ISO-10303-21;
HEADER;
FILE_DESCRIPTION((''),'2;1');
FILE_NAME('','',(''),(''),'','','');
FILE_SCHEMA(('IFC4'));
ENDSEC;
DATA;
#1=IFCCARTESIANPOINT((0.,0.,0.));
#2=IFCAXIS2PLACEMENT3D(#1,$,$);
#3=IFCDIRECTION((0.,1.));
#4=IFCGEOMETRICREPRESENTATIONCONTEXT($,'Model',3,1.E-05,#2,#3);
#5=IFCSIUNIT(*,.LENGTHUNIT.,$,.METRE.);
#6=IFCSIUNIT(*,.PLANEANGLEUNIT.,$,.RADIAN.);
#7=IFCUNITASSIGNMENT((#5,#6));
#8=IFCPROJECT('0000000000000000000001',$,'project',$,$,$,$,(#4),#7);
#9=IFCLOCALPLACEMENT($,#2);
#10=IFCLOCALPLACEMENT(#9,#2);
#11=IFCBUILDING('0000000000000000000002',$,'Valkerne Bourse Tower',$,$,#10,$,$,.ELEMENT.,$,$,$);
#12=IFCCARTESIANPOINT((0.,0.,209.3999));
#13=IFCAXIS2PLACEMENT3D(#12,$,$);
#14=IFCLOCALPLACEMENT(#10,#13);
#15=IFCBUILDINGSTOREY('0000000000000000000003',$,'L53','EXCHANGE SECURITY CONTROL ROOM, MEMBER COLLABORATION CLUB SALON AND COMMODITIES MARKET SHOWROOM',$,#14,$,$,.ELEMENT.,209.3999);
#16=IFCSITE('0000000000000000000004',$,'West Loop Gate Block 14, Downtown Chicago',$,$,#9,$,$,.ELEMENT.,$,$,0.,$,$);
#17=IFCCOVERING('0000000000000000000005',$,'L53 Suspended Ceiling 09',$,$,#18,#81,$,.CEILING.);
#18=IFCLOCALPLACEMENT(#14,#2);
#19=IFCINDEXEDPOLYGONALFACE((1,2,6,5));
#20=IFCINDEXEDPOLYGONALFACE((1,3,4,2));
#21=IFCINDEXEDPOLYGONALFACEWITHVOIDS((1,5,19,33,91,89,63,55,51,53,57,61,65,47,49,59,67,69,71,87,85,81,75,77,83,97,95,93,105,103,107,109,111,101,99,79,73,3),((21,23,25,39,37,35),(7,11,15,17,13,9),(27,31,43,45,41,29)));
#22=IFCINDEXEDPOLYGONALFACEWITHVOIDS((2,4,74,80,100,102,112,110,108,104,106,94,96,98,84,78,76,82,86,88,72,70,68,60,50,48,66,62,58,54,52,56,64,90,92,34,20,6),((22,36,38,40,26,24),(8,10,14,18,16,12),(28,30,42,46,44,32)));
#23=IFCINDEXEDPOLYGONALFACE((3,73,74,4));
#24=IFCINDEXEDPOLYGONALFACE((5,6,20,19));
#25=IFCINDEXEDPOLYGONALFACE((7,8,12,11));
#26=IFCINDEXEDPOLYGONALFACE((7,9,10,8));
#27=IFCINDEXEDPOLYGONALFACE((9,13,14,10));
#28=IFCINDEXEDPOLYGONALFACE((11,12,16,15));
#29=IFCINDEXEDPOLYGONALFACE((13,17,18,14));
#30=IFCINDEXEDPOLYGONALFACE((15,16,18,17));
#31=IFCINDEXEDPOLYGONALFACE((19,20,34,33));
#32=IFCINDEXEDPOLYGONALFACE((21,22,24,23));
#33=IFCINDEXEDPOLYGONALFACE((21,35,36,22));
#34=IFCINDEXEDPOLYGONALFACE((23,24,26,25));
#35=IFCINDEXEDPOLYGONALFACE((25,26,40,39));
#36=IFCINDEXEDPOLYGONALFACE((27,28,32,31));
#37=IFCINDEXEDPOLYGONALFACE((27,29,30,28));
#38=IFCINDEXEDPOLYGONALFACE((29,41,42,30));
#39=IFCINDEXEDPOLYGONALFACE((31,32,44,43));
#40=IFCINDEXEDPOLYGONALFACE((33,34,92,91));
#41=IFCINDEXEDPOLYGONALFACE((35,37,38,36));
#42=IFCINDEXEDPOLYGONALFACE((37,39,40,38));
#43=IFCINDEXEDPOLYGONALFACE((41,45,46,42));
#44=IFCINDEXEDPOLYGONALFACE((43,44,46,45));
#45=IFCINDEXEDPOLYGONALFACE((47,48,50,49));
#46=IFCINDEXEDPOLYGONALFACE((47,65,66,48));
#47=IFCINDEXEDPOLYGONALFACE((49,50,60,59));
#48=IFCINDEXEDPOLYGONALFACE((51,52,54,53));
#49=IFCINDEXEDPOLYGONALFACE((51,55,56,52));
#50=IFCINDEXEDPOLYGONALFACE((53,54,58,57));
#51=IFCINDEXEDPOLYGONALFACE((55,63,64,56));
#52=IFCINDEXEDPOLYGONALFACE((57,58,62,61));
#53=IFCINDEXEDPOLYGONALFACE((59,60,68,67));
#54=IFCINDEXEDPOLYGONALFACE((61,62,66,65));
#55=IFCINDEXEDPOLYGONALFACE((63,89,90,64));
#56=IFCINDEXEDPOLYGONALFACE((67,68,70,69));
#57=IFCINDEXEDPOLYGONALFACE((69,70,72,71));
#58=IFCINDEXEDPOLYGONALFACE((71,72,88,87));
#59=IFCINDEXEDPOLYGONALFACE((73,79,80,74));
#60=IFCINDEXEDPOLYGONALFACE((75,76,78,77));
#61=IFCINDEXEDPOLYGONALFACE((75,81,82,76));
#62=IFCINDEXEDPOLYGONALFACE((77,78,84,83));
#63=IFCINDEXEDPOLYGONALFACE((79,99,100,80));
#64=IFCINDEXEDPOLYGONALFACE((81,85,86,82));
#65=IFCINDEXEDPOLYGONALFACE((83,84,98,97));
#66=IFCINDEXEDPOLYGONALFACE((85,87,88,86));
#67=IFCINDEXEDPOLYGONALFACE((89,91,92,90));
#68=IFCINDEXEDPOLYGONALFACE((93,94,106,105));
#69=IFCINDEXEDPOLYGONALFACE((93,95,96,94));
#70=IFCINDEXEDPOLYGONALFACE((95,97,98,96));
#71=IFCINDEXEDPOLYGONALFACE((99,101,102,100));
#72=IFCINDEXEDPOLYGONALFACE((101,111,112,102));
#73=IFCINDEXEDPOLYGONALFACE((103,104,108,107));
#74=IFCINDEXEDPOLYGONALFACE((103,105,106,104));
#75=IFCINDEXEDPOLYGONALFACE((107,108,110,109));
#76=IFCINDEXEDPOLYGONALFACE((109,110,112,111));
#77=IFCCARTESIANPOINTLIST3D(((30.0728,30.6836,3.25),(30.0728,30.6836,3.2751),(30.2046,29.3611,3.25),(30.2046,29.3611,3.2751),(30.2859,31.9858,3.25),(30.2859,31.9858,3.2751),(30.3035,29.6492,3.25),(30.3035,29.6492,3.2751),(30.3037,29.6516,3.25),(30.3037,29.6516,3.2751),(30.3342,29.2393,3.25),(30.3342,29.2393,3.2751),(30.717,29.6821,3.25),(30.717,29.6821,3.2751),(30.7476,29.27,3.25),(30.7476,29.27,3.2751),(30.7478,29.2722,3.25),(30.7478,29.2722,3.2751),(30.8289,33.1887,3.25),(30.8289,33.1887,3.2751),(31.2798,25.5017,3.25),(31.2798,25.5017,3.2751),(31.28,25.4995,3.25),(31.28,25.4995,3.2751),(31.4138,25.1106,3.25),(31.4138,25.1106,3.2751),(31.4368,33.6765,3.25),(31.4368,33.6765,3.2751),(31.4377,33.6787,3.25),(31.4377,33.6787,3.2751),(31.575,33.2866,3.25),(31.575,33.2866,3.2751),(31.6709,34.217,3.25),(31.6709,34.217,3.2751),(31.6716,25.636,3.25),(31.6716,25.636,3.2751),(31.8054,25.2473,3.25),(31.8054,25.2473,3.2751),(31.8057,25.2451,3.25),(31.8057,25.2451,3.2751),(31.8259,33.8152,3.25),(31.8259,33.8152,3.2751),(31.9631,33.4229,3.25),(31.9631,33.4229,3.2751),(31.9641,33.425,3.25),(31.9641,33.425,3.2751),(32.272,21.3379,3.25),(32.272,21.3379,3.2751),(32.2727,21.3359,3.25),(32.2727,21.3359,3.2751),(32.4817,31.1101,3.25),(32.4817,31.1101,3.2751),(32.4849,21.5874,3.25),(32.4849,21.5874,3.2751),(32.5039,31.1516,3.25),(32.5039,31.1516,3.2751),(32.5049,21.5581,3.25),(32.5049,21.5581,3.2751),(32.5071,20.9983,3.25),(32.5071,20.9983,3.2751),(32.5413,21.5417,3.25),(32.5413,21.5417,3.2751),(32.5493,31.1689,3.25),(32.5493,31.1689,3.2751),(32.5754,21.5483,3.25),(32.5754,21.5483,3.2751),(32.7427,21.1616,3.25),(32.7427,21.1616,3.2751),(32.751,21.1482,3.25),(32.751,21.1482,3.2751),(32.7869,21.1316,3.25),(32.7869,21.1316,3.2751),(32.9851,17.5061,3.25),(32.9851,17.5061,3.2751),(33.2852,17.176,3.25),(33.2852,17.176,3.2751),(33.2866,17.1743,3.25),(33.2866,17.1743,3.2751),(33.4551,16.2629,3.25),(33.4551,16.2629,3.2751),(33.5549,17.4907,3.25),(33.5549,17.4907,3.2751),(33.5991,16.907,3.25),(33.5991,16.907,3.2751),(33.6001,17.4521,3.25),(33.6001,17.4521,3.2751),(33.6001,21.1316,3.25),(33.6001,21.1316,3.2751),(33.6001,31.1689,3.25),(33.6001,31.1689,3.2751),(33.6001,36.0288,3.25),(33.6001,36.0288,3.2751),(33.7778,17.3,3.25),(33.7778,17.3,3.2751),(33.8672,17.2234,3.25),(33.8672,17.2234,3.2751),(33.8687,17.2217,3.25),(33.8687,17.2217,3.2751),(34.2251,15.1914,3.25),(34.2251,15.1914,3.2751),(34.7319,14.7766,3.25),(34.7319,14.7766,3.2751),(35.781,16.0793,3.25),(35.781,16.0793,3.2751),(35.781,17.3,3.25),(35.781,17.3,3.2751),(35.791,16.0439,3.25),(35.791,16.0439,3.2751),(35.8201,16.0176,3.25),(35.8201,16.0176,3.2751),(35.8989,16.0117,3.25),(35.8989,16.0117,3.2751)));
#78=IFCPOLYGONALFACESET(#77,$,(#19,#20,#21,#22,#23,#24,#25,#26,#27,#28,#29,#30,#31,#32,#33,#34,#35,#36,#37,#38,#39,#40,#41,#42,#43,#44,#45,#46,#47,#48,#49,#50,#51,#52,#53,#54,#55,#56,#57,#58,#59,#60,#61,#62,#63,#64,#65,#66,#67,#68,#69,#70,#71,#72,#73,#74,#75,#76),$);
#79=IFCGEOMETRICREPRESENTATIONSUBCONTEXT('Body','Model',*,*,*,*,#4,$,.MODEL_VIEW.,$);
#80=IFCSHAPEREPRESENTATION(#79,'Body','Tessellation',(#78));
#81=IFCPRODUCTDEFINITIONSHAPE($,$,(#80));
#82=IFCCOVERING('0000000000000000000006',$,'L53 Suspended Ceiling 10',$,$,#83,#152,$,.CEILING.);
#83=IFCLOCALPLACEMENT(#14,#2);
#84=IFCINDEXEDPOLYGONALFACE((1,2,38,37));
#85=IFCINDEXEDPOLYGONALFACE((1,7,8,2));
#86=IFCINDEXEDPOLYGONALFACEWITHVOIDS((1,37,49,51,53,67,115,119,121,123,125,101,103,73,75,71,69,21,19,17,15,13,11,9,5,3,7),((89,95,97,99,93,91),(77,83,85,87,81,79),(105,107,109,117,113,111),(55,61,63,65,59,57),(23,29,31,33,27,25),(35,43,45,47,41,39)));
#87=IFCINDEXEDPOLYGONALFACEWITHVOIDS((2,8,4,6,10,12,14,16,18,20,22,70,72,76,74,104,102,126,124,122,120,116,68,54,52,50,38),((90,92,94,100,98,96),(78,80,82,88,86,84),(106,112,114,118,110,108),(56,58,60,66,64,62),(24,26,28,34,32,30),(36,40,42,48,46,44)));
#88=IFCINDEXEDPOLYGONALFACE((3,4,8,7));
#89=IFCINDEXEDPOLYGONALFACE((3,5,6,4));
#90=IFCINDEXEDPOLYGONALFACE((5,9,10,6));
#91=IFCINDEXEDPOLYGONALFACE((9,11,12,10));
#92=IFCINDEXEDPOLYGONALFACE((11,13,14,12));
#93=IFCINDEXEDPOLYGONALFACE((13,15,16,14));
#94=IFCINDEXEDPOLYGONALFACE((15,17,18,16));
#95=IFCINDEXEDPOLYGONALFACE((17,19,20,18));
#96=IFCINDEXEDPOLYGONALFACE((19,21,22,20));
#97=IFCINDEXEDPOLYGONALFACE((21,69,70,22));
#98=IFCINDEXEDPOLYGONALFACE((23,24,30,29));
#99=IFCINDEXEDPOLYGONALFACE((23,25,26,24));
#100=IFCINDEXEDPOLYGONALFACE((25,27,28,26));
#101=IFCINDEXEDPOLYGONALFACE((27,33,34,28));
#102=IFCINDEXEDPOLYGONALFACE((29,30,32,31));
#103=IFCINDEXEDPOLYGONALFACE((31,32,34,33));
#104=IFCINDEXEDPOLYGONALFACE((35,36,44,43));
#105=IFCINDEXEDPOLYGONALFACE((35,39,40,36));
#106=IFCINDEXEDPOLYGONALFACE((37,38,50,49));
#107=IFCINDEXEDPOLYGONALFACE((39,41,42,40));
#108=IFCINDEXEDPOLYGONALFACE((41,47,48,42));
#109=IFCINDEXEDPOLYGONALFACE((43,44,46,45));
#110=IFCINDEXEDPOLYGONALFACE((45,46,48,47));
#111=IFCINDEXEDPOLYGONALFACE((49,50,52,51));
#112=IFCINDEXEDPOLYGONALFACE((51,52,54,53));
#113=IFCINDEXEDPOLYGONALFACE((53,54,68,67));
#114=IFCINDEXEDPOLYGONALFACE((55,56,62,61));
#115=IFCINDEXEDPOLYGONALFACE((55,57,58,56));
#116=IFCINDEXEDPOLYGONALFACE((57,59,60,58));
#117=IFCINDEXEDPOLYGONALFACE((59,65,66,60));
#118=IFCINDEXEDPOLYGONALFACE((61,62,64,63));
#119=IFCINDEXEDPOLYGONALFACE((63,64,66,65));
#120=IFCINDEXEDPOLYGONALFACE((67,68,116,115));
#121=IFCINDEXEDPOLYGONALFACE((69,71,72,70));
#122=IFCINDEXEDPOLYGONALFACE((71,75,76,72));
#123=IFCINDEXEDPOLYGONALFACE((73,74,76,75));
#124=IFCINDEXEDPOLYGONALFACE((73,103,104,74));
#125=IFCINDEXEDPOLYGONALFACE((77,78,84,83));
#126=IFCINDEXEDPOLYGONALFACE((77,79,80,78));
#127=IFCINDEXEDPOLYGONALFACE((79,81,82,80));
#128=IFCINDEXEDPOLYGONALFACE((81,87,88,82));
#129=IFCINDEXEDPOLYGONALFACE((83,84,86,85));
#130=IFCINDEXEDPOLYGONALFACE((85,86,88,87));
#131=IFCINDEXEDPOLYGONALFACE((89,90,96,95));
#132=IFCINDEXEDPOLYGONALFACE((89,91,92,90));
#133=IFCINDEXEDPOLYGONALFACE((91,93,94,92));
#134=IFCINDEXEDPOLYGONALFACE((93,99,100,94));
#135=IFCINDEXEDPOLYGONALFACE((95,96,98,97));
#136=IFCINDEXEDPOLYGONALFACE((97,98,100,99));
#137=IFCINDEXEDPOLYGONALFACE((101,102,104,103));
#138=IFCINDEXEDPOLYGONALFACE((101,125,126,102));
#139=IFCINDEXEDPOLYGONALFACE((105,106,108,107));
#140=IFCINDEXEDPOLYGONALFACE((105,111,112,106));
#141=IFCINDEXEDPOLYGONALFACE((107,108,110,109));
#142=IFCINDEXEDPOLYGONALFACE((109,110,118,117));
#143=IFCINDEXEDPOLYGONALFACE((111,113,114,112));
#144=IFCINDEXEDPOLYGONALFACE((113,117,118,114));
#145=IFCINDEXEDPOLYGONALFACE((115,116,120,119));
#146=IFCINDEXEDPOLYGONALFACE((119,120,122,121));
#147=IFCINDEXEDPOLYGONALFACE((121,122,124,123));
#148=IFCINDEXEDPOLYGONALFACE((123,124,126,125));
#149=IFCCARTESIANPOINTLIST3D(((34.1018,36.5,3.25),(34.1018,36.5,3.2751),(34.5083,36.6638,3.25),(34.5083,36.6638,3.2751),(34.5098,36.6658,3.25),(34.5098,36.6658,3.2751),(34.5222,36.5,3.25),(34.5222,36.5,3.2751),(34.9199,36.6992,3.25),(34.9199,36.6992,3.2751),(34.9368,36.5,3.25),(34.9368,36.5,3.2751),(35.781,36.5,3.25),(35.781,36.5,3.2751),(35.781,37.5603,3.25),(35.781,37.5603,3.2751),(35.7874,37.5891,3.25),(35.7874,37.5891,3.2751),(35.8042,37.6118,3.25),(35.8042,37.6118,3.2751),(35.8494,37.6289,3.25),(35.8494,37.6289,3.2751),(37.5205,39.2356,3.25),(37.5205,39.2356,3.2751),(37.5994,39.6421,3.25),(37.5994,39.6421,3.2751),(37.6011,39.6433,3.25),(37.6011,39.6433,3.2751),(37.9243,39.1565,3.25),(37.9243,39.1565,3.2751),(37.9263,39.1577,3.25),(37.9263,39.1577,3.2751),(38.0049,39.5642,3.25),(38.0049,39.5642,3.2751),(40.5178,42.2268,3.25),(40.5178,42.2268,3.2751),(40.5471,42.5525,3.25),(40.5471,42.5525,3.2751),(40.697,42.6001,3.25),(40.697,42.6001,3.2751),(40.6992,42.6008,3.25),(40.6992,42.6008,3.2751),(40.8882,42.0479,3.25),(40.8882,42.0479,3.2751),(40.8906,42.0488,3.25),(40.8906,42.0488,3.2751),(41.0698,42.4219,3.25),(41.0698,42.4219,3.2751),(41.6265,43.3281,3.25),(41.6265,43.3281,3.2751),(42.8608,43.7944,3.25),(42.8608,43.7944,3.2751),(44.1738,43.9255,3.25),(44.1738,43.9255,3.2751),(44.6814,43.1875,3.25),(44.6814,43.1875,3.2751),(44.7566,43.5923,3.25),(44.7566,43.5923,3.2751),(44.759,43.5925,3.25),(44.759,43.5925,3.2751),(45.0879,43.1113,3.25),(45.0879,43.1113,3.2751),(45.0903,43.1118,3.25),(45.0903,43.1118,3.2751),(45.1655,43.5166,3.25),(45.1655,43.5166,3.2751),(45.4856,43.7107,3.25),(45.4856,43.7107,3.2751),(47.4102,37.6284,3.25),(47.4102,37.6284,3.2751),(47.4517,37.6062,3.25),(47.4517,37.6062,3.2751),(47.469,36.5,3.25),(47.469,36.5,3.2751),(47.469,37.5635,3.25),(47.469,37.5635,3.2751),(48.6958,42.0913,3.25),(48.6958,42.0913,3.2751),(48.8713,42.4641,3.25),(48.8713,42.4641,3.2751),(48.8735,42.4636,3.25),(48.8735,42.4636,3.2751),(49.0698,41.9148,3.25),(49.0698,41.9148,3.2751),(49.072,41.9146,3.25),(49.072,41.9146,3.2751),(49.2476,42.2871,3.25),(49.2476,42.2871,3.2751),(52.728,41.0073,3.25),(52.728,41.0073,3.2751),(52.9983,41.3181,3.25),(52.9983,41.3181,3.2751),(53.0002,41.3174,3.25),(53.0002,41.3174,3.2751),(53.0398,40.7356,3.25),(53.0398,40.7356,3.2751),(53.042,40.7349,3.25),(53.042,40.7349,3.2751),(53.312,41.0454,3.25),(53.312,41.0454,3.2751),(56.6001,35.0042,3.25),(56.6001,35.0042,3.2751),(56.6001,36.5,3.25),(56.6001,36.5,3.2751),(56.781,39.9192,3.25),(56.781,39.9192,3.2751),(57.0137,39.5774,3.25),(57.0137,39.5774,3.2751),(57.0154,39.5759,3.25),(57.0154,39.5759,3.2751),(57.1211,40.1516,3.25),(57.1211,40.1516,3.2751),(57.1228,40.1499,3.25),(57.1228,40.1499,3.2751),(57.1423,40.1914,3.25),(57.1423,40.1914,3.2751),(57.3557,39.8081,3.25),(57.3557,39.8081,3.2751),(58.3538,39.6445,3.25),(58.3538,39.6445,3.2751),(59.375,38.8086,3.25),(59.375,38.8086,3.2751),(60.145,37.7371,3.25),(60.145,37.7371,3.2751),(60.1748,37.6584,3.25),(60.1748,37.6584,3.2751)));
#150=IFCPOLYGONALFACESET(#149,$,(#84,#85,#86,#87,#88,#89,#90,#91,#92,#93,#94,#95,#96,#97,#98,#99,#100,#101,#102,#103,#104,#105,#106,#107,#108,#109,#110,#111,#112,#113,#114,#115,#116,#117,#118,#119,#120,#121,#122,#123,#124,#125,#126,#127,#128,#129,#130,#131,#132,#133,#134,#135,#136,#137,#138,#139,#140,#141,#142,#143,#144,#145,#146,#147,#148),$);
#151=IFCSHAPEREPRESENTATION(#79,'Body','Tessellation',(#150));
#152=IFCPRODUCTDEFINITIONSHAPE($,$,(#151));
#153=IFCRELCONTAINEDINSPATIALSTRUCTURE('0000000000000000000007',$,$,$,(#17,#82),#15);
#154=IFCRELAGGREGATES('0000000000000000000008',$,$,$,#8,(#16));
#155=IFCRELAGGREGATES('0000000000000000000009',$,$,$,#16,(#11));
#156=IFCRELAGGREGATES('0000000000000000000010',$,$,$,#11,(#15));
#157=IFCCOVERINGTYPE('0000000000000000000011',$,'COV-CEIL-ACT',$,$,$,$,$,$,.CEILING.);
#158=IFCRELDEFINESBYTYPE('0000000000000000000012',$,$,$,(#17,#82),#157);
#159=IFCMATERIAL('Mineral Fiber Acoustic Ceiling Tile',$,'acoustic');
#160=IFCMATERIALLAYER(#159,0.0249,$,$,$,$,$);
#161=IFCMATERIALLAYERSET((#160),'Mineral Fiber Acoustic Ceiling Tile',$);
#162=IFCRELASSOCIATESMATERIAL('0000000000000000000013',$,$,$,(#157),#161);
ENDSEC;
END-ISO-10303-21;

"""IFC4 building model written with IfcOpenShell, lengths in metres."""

from ifc_helpers import new_model, si_unit, direction, frame, origin, place, context, subcontext, project, spatial, polyline, outline, extrude, material, layer, layer_set, type_object, element, save


model = new_model("IFC4")

# Units and contexts
model_context = context("Model", 3, precision=1e-05, world=origin(), true_north=direction((0.0, 1.0)))
body_context = subcontext(model_context, "Body", "Model", "MODEL_VIEW")
ifc_project = project(units=[si_unit("LENGTHUNIT", "METRE"), si_unit("PLANEANGLEUNIT", "RADIAN")], contexts=[model_context])

# Site, building, storey
site_placement = place(None, origin())
site = spatial("IfcSite", under=ifc_project, at=site_placement, Name="West Loop Gate Block 14, Downtown Chicago", CompositionType="ELEMENT", RefElevation=0.0)
building_placement = place(site_placement, origin())
building = spatial("IfcBuilding", under=site, at=building_placement, Name="Valkerne Bourse Tower", CompositionType="ELEMENT")
storey_placement = place(building_placement, frame((0.0, 0.0, 209.3999)))
storey = spatial("IfcBuildingStorey", under=building, at=storey_placement, Name="L53", Description="EXCHANGE SECURITY CONTROL ROOM, MEMBER COLLABORATION CLUB SALON AND COMMODITIES MARKET SHOWROOM", CompositionType="ELEMENT", Elevation=209.3999)

# Coverings
ifc_material_1 = material(Name="Mineral Fiber Acoustic Ceiling Tile", Category="acoustic")
ifc_layer_1 = layer(ifc_material_1, 0.0249)
ifc_layer_set_1 = layer_set([ifc_layer_1], Name="Mineral Fiber Acoustic Ceiling Tile")
covering_type_1 = type_object("IfcCoveringType", Name="COV-CEIL-ACT", PredefinedType="CEILING", material=ifc_layer_set_1)
covering_1_placement = place(storey_placement, frame((0.0, 0.0, 3.25)))
element("IfcCovering", 1, at=covering_1_placement, inside=storey, type_object=covering_type_1, Name="L53 Suspended Ceiling 09", PredefinedType="CEILING", context=body_context, shape_type="SweptSolid", body=[
    extrude(outline(polyline([(32.9851, 17.5061), (30.2046, 29.3611), (30.0728, 30.6836), (30.2859, 31.9858), (30.8289, 33.1887), (31.6709, 34.217), (33.6001, 36.0288), (33.6001, 31.1689), (32.5493, 31.1689), (32.5039, 31.1516), (32.4817, 31.1101), (32.4849, 21.5874), (32.5049, 21.5581), (32.5413, 21.5417), (32.5754, 21.5483), (32.272, 21.3379), (32.2727, 21.3359), (32.5071, 20.9983), (32.7427, 21.1616), (32.751, 21.1482), (32.7869, 21.1316), (33.6001, 21.1316), (33.6001, 17.4521), (33.5549, 17.4907), (33.2852, 17.176), (33.2866, 17.1743), (33.5991, 16.907), (33.8687, 17.2217), (33.8672, 17.2234), (33.7778, 17.3), (35.781, 17.3), (35.781, 16.0793), (35.791, 16.0439), (35.8201, 16.0176), (35.8989, 16.0117), (34.7319, 14.7766), (34.2251, 15.1914), (33.4551, 16.2629), (32.9851, 17.5061)]), holes=[polyline([(31.8054, 25.2473), (31.6716, 25.636), (31.2798, 25.5017), (31.28, 25.4995), (31.4138, 25.1106), (31.8057, 25.2451), (31.8054, 25.2473)]), polyline([(30.7478, 29.2722), (30.717, 29.6821), (30.3037, 29.6516), (30.3035, 29.6492), (30.3342, 29.2393), (30.7476, 29.27), (30.7478, 29.2722)]), polyline([(31.9641, 33.425), (31.8259, 33.8152), (31.4377, 33.6787), (31.4368, 33.6765), (31.575, 33.2866), (31.9631, 33.4229), (31.9641, 33.425)])]), origin(), (0.0, 0.0, 1.0), 0.0251),
])
covering_2_placement = place(storey_placement, frame((0.0, 0.0, 3.25)))
element("IfcCovering", 2, at=covering_2_placement, inside=storey, type_object=covering_type_1, Name="L53 Suspended Ceiling 10", PredefinedType="CEILING", context=body_context, shape_type="SweptSolid", body=[
    extrude(outline(polyline([(40.5471, 42.5525), (41.6265, 43.3281), (42.8608, 43.7944), (44.1738, 43.9255), (45.4856, 43.7107), (57.1423, 40.1914), (58.3538, 39.6445), (59.375, 38.8086), (60.145, 37.7371), (60.1748, 37.6584), (56.6001, 35.0042), (56.6001, 36.5), (47.469, 36.5), (47.469, 37.5635), (47.4517, 37.6062), (47.4102, 37.6284), (35.8494, 37.6289), (35.8042, 37.6118), (35.7874, 37.5891), (35.781, 37.5603), (35.781, 36.5), (34.9368, 36.5), (34.9199, 36.6992), (34.5098, 36.6658), (34.5083, 36.6638), (34.5222, 36.5), (34.1018, 36.5), (40.5471, 42.5525)]), holes=[polyline([(37.9263, 39.1577), (38.0049, 39.5642), (37.6011, 39.6433), (37.5994, 39.6421), (37.5205, 39.2356), (37.9243, 39.1565), (37.9263, 39.1577)]), polyline([(40.8906, 42.0488), (41.0698, 42.4219), (40.6992, 42.6008), (40.697, 42.6001), (40.5178, 42.2268), (40.8882, 42.0479), (40.8906, 42.0488)]), polyline([(45.1655, 43.5166), (44.759, 43.5925), (44.7566, 43.5923), (44.6814, 43.1875), (45.0879, 43.1113), (45.0903, 43.1118), (45.1655, 43.5166)]), polyline([(57.1228, 40.1499), (57.1211, 40.1516), (56.781, 39.9192), (57.0137, 39.5774), (57.0154, 39.5759), (57.3557, 39.8081), (57.1228, 40.1499)]), polyline([(53.0002, 41.3174), (52.9983, 41.3181), (52.728, 41.0073), (53.0398, 40.7356), (53.042, 40.7349), (53.312, 41.0454), (53.0002, 41.3174)]), polyline([(49.2476, 42.2871), (48.8735, 42.4636), (48.8713, 42.4641), (48.6958, 42.0913), (49.0698, 41.9148), (49.072, 41.9146), (49.2476, 42.2871)])]), origin(), (0.0, 0.0, 1.0), 0.0251),
])

save(model, "model.ifc")
